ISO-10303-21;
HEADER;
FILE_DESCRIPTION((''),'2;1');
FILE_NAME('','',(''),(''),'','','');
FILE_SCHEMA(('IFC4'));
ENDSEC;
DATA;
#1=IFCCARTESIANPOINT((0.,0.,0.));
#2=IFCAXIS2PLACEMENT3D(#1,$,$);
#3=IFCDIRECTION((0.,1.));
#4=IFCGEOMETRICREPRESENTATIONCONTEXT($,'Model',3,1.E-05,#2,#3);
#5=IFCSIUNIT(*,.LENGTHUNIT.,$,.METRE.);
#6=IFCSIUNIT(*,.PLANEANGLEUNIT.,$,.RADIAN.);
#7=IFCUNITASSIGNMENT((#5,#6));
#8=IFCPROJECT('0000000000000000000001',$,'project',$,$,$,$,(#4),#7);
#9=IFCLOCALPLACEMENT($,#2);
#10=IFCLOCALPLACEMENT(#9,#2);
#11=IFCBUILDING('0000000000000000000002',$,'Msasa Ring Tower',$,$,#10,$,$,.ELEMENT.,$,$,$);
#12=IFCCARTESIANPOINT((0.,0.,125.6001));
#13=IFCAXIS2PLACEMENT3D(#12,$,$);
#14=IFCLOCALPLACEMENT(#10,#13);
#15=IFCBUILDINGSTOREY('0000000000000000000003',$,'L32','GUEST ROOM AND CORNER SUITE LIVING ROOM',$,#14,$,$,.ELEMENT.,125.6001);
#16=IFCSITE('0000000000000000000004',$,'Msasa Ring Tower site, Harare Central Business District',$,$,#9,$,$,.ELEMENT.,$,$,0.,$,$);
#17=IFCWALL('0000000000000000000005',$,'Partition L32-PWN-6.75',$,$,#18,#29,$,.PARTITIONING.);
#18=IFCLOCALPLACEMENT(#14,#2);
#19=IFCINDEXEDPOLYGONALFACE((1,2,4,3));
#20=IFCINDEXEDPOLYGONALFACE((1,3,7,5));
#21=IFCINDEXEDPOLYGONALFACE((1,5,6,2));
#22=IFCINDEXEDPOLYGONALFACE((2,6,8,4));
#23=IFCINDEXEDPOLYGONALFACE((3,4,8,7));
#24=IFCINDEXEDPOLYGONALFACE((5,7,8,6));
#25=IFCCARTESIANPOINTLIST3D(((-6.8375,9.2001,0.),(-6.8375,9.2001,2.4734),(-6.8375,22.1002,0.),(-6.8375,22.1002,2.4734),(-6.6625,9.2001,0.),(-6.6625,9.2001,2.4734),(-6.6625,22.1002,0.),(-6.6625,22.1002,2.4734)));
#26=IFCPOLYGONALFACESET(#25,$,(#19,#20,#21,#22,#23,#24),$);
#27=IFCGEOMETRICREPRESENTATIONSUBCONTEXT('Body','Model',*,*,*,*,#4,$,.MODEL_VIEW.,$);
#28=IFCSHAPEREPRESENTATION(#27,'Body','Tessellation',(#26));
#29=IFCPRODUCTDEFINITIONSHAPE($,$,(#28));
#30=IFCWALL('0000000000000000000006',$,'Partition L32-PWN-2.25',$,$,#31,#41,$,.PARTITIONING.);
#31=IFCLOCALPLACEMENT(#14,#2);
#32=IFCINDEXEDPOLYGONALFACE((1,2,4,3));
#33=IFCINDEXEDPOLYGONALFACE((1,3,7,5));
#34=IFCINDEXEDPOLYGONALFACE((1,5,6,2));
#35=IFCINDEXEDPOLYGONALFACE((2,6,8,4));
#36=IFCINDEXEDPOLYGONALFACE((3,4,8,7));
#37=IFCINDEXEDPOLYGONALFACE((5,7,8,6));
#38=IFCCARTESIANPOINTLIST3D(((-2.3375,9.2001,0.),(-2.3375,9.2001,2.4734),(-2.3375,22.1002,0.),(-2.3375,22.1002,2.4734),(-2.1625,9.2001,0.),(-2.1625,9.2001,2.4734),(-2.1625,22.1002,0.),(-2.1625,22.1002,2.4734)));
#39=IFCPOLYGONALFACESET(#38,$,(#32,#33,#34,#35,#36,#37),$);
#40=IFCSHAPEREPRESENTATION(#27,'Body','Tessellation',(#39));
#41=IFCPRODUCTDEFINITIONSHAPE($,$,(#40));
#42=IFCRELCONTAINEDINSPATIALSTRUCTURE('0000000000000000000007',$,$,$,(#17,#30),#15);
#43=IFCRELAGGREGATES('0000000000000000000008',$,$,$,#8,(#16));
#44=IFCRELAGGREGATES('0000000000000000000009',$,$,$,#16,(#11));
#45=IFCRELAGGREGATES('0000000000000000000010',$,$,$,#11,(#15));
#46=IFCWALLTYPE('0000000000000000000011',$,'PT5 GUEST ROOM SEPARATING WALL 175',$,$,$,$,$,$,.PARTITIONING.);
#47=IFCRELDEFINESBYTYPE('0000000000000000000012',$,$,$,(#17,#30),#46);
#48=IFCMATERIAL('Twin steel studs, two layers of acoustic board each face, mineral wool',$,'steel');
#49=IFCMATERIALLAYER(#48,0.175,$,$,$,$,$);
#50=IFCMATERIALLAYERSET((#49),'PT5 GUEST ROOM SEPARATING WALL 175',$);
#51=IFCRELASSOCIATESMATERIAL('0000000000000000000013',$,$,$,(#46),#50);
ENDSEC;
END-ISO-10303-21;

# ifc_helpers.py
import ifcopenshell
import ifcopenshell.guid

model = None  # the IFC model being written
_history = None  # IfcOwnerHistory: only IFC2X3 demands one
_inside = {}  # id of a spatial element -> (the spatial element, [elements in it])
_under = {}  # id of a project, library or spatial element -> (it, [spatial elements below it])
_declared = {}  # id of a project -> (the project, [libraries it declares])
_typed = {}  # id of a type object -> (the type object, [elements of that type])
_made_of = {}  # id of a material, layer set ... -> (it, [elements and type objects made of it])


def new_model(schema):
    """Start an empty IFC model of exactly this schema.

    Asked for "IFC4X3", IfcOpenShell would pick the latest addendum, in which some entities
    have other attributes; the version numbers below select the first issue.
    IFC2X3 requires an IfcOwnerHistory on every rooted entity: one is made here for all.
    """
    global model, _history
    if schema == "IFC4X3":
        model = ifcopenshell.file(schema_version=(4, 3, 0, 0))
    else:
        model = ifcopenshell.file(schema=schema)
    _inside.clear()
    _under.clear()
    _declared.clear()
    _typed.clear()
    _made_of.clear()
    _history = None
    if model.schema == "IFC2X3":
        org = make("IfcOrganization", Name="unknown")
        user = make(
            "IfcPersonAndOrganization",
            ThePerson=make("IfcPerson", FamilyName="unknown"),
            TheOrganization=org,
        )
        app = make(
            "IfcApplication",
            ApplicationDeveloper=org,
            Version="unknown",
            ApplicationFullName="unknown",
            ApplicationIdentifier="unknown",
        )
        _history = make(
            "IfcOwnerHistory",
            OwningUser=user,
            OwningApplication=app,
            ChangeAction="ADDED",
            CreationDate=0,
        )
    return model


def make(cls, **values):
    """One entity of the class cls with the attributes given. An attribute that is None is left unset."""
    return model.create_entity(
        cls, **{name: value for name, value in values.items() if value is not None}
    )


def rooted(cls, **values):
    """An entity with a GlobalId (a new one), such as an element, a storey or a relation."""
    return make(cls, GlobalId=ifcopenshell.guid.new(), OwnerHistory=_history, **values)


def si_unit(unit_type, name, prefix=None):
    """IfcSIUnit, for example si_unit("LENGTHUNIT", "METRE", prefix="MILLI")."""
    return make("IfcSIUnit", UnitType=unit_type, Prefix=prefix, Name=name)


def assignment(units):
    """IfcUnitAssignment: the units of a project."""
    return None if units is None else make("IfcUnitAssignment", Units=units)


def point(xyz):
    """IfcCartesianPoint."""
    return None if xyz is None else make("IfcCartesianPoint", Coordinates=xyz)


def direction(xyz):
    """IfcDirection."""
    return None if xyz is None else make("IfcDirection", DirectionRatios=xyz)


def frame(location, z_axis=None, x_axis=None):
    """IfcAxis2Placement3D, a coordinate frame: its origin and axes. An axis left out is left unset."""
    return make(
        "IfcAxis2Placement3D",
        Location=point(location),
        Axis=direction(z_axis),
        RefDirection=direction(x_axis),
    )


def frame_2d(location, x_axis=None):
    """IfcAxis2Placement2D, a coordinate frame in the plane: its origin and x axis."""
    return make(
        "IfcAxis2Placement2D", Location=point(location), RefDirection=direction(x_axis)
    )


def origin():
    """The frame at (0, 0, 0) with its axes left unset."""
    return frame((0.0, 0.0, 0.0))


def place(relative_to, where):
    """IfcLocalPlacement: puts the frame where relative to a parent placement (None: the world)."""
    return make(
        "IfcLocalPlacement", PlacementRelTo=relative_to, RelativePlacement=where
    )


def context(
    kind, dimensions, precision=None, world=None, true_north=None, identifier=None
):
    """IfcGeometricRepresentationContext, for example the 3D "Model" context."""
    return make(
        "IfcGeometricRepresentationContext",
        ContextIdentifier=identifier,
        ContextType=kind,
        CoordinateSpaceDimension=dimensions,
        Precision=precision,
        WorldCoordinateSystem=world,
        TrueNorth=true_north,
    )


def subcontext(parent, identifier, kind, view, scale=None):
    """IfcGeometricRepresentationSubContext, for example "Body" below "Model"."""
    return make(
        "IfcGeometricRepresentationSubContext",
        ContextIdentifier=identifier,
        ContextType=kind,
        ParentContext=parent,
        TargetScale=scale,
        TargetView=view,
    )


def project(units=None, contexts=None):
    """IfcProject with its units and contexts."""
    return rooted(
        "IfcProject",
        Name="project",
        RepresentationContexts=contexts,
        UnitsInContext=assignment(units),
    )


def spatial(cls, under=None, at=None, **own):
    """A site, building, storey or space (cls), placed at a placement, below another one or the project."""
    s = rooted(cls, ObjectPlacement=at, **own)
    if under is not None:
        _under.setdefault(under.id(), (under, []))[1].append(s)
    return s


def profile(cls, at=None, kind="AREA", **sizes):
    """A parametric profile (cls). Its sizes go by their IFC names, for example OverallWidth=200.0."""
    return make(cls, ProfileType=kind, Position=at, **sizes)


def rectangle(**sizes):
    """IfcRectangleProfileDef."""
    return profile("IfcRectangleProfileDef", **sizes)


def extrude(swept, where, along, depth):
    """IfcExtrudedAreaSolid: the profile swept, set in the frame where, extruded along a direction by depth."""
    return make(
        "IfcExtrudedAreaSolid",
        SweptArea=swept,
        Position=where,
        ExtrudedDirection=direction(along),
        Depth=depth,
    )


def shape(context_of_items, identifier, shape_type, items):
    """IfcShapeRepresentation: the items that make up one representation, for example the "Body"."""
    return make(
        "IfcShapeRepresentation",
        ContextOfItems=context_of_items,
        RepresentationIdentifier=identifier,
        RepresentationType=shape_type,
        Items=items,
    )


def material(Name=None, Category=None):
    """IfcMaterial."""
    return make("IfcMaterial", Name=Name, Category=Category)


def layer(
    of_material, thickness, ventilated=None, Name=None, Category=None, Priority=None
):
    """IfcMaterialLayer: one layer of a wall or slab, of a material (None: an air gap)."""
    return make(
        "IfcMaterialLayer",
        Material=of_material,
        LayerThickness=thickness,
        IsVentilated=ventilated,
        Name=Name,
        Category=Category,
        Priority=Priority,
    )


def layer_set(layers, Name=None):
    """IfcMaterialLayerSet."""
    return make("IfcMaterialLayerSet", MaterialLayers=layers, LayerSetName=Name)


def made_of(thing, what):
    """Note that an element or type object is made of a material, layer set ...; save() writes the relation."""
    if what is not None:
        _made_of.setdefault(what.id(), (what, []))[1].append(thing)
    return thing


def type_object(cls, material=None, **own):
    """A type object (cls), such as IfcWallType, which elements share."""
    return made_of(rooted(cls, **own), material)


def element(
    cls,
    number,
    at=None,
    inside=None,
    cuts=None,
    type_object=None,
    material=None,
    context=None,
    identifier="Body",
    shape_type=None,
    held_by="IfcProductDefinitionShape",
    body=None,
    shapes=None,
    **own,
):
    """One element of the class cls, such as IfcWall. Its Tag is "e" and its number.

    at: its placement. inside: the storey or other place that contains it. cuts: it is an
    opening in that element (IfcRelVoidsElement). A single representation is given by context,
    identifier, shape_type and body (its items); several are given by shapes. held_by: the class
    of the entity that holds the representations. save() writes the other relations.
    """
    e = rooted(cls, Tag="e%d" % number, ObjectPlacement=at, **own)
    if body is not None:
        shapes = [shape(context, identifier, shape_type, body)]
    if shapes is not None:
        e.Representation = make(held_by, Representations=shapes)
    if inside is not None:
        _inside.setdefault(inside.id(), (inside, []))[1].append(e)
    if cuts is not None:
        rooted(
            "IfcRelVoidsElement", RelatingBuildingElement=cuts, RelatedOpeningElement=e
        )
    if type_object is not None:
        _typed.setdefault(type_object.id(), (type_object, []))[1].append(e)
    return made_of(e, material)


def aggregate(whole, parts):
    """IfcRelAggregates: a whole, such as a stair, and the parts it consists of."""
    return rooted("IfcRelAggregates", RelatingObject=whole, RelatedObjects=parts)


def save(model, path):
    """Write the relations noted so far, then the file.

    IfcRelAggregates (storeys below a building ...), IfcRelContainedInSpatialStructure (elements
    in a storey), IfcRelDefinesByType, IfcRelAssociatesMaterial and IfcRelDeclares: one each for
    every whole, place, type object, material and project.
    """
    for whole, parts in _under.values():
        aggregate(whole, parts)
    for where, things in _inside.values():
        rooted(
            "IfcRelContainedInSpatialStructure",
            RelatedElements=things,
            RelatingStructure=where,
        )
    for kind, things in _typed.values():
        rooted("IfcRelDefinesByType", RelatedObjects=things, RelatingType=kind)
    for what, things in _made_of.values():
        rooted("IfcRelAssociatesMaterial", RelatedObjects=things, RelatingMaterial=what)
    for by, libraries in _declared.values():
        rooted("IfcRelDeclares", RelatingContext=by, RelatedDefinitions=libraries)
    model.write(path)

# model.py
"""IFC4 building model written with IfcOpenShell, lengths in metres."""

from ifc_helpers import new_model, si_unit, direction, frame, frame_2d, origin, place, context, subcontext, project, spatial, rectangle, extrude, material, layer, layer_set, type_object, element, save


model = new_model("IFC4")

# Units and contexts
model_context = context("Model", 3, precision=1e-05, world=origin(), true_north=direction((0.0, 1.0)))
body_context = subcontext(model_context, "Body", "Model", "MODEL_VIEW")
ifc_project = project(units=[si_unit("LENGTHUNIT", "METRE"), si_unit("PLANEANGLEUNIT", "RADIAN")], contexts=[model_context])

# Site, building, storey
site_placement = place(None, origin())
site = spatial("IfcSite", under=ifc_project, at=site_placement, Name="Msasa Ring Tower site, Harare Central Business District", CompositionType="ELEMENT", RefElevation=0.0)
building_placement = place(site_placement, origin())
building = spatial("IfcBuilding", under=site, at=building_placement, Name="Msasa Ring Tower", CompositionType="ELEMENT")
storey_placement = place(building_placement, frame((0.0, 0.0, 125.6001)))
storey = spatial("IfcBuildingStorey", under=building, at=storey_placement, Name="L32", Description="GUEST ROOM AND CORNER SUITE LIVING ROOM", CompositionType="ELEMENT", Elevation=125.6001)

# Walls
ifc_material_1 = material(Name="Twin steel studs, two layers of acoustic board each face, mineral wool", Category="steel")
ifc_layer_1 = layer(ifc_material_1, 0.175)
ifc_layer_set_1 = layer_set([ifc_layer_1], Name="PT5 GUEST ROOM SEPARATING WALL 175")
wall_type_1 = type_object("IfcWallType", Name="PT5 GUEST ROOM SEPARATING WALL 175", PredefinedType="PARTITIONING", material=ifc_layer_set_1)
for number, where, z_axis, x_axis, name in (
    (1, (-6.75, 9.2, 0.0), (0.0, 0.0, 1.0), (0.0, 1.0, 0.0), "Partition L32-PWN-6.75"),
    (2, (-2.25, 9.2, 0.0), (0.0, 0.0, 1.0), (0.0, 1.0, 0.0), "Partition L32-PWN-2.25"),
):
    element("IfcWall", number, at=place(storey_placement, frame(where, z_axis=z_axis, x_axis=x_axis)), inside=storey, type_object=wall_type_1, Name=name, PredefinedType="PARTITIONING", context=body_context, shape_type="SweptSolid", body=[
        extrude(rectangle(XDim=12.9001, YDim=0.175, at=frame_2d((6.4502, 0.0))), origin(), (0.0, 0.0, 1.0), 2.4734),
    ])

save(model, "model.ifc")
